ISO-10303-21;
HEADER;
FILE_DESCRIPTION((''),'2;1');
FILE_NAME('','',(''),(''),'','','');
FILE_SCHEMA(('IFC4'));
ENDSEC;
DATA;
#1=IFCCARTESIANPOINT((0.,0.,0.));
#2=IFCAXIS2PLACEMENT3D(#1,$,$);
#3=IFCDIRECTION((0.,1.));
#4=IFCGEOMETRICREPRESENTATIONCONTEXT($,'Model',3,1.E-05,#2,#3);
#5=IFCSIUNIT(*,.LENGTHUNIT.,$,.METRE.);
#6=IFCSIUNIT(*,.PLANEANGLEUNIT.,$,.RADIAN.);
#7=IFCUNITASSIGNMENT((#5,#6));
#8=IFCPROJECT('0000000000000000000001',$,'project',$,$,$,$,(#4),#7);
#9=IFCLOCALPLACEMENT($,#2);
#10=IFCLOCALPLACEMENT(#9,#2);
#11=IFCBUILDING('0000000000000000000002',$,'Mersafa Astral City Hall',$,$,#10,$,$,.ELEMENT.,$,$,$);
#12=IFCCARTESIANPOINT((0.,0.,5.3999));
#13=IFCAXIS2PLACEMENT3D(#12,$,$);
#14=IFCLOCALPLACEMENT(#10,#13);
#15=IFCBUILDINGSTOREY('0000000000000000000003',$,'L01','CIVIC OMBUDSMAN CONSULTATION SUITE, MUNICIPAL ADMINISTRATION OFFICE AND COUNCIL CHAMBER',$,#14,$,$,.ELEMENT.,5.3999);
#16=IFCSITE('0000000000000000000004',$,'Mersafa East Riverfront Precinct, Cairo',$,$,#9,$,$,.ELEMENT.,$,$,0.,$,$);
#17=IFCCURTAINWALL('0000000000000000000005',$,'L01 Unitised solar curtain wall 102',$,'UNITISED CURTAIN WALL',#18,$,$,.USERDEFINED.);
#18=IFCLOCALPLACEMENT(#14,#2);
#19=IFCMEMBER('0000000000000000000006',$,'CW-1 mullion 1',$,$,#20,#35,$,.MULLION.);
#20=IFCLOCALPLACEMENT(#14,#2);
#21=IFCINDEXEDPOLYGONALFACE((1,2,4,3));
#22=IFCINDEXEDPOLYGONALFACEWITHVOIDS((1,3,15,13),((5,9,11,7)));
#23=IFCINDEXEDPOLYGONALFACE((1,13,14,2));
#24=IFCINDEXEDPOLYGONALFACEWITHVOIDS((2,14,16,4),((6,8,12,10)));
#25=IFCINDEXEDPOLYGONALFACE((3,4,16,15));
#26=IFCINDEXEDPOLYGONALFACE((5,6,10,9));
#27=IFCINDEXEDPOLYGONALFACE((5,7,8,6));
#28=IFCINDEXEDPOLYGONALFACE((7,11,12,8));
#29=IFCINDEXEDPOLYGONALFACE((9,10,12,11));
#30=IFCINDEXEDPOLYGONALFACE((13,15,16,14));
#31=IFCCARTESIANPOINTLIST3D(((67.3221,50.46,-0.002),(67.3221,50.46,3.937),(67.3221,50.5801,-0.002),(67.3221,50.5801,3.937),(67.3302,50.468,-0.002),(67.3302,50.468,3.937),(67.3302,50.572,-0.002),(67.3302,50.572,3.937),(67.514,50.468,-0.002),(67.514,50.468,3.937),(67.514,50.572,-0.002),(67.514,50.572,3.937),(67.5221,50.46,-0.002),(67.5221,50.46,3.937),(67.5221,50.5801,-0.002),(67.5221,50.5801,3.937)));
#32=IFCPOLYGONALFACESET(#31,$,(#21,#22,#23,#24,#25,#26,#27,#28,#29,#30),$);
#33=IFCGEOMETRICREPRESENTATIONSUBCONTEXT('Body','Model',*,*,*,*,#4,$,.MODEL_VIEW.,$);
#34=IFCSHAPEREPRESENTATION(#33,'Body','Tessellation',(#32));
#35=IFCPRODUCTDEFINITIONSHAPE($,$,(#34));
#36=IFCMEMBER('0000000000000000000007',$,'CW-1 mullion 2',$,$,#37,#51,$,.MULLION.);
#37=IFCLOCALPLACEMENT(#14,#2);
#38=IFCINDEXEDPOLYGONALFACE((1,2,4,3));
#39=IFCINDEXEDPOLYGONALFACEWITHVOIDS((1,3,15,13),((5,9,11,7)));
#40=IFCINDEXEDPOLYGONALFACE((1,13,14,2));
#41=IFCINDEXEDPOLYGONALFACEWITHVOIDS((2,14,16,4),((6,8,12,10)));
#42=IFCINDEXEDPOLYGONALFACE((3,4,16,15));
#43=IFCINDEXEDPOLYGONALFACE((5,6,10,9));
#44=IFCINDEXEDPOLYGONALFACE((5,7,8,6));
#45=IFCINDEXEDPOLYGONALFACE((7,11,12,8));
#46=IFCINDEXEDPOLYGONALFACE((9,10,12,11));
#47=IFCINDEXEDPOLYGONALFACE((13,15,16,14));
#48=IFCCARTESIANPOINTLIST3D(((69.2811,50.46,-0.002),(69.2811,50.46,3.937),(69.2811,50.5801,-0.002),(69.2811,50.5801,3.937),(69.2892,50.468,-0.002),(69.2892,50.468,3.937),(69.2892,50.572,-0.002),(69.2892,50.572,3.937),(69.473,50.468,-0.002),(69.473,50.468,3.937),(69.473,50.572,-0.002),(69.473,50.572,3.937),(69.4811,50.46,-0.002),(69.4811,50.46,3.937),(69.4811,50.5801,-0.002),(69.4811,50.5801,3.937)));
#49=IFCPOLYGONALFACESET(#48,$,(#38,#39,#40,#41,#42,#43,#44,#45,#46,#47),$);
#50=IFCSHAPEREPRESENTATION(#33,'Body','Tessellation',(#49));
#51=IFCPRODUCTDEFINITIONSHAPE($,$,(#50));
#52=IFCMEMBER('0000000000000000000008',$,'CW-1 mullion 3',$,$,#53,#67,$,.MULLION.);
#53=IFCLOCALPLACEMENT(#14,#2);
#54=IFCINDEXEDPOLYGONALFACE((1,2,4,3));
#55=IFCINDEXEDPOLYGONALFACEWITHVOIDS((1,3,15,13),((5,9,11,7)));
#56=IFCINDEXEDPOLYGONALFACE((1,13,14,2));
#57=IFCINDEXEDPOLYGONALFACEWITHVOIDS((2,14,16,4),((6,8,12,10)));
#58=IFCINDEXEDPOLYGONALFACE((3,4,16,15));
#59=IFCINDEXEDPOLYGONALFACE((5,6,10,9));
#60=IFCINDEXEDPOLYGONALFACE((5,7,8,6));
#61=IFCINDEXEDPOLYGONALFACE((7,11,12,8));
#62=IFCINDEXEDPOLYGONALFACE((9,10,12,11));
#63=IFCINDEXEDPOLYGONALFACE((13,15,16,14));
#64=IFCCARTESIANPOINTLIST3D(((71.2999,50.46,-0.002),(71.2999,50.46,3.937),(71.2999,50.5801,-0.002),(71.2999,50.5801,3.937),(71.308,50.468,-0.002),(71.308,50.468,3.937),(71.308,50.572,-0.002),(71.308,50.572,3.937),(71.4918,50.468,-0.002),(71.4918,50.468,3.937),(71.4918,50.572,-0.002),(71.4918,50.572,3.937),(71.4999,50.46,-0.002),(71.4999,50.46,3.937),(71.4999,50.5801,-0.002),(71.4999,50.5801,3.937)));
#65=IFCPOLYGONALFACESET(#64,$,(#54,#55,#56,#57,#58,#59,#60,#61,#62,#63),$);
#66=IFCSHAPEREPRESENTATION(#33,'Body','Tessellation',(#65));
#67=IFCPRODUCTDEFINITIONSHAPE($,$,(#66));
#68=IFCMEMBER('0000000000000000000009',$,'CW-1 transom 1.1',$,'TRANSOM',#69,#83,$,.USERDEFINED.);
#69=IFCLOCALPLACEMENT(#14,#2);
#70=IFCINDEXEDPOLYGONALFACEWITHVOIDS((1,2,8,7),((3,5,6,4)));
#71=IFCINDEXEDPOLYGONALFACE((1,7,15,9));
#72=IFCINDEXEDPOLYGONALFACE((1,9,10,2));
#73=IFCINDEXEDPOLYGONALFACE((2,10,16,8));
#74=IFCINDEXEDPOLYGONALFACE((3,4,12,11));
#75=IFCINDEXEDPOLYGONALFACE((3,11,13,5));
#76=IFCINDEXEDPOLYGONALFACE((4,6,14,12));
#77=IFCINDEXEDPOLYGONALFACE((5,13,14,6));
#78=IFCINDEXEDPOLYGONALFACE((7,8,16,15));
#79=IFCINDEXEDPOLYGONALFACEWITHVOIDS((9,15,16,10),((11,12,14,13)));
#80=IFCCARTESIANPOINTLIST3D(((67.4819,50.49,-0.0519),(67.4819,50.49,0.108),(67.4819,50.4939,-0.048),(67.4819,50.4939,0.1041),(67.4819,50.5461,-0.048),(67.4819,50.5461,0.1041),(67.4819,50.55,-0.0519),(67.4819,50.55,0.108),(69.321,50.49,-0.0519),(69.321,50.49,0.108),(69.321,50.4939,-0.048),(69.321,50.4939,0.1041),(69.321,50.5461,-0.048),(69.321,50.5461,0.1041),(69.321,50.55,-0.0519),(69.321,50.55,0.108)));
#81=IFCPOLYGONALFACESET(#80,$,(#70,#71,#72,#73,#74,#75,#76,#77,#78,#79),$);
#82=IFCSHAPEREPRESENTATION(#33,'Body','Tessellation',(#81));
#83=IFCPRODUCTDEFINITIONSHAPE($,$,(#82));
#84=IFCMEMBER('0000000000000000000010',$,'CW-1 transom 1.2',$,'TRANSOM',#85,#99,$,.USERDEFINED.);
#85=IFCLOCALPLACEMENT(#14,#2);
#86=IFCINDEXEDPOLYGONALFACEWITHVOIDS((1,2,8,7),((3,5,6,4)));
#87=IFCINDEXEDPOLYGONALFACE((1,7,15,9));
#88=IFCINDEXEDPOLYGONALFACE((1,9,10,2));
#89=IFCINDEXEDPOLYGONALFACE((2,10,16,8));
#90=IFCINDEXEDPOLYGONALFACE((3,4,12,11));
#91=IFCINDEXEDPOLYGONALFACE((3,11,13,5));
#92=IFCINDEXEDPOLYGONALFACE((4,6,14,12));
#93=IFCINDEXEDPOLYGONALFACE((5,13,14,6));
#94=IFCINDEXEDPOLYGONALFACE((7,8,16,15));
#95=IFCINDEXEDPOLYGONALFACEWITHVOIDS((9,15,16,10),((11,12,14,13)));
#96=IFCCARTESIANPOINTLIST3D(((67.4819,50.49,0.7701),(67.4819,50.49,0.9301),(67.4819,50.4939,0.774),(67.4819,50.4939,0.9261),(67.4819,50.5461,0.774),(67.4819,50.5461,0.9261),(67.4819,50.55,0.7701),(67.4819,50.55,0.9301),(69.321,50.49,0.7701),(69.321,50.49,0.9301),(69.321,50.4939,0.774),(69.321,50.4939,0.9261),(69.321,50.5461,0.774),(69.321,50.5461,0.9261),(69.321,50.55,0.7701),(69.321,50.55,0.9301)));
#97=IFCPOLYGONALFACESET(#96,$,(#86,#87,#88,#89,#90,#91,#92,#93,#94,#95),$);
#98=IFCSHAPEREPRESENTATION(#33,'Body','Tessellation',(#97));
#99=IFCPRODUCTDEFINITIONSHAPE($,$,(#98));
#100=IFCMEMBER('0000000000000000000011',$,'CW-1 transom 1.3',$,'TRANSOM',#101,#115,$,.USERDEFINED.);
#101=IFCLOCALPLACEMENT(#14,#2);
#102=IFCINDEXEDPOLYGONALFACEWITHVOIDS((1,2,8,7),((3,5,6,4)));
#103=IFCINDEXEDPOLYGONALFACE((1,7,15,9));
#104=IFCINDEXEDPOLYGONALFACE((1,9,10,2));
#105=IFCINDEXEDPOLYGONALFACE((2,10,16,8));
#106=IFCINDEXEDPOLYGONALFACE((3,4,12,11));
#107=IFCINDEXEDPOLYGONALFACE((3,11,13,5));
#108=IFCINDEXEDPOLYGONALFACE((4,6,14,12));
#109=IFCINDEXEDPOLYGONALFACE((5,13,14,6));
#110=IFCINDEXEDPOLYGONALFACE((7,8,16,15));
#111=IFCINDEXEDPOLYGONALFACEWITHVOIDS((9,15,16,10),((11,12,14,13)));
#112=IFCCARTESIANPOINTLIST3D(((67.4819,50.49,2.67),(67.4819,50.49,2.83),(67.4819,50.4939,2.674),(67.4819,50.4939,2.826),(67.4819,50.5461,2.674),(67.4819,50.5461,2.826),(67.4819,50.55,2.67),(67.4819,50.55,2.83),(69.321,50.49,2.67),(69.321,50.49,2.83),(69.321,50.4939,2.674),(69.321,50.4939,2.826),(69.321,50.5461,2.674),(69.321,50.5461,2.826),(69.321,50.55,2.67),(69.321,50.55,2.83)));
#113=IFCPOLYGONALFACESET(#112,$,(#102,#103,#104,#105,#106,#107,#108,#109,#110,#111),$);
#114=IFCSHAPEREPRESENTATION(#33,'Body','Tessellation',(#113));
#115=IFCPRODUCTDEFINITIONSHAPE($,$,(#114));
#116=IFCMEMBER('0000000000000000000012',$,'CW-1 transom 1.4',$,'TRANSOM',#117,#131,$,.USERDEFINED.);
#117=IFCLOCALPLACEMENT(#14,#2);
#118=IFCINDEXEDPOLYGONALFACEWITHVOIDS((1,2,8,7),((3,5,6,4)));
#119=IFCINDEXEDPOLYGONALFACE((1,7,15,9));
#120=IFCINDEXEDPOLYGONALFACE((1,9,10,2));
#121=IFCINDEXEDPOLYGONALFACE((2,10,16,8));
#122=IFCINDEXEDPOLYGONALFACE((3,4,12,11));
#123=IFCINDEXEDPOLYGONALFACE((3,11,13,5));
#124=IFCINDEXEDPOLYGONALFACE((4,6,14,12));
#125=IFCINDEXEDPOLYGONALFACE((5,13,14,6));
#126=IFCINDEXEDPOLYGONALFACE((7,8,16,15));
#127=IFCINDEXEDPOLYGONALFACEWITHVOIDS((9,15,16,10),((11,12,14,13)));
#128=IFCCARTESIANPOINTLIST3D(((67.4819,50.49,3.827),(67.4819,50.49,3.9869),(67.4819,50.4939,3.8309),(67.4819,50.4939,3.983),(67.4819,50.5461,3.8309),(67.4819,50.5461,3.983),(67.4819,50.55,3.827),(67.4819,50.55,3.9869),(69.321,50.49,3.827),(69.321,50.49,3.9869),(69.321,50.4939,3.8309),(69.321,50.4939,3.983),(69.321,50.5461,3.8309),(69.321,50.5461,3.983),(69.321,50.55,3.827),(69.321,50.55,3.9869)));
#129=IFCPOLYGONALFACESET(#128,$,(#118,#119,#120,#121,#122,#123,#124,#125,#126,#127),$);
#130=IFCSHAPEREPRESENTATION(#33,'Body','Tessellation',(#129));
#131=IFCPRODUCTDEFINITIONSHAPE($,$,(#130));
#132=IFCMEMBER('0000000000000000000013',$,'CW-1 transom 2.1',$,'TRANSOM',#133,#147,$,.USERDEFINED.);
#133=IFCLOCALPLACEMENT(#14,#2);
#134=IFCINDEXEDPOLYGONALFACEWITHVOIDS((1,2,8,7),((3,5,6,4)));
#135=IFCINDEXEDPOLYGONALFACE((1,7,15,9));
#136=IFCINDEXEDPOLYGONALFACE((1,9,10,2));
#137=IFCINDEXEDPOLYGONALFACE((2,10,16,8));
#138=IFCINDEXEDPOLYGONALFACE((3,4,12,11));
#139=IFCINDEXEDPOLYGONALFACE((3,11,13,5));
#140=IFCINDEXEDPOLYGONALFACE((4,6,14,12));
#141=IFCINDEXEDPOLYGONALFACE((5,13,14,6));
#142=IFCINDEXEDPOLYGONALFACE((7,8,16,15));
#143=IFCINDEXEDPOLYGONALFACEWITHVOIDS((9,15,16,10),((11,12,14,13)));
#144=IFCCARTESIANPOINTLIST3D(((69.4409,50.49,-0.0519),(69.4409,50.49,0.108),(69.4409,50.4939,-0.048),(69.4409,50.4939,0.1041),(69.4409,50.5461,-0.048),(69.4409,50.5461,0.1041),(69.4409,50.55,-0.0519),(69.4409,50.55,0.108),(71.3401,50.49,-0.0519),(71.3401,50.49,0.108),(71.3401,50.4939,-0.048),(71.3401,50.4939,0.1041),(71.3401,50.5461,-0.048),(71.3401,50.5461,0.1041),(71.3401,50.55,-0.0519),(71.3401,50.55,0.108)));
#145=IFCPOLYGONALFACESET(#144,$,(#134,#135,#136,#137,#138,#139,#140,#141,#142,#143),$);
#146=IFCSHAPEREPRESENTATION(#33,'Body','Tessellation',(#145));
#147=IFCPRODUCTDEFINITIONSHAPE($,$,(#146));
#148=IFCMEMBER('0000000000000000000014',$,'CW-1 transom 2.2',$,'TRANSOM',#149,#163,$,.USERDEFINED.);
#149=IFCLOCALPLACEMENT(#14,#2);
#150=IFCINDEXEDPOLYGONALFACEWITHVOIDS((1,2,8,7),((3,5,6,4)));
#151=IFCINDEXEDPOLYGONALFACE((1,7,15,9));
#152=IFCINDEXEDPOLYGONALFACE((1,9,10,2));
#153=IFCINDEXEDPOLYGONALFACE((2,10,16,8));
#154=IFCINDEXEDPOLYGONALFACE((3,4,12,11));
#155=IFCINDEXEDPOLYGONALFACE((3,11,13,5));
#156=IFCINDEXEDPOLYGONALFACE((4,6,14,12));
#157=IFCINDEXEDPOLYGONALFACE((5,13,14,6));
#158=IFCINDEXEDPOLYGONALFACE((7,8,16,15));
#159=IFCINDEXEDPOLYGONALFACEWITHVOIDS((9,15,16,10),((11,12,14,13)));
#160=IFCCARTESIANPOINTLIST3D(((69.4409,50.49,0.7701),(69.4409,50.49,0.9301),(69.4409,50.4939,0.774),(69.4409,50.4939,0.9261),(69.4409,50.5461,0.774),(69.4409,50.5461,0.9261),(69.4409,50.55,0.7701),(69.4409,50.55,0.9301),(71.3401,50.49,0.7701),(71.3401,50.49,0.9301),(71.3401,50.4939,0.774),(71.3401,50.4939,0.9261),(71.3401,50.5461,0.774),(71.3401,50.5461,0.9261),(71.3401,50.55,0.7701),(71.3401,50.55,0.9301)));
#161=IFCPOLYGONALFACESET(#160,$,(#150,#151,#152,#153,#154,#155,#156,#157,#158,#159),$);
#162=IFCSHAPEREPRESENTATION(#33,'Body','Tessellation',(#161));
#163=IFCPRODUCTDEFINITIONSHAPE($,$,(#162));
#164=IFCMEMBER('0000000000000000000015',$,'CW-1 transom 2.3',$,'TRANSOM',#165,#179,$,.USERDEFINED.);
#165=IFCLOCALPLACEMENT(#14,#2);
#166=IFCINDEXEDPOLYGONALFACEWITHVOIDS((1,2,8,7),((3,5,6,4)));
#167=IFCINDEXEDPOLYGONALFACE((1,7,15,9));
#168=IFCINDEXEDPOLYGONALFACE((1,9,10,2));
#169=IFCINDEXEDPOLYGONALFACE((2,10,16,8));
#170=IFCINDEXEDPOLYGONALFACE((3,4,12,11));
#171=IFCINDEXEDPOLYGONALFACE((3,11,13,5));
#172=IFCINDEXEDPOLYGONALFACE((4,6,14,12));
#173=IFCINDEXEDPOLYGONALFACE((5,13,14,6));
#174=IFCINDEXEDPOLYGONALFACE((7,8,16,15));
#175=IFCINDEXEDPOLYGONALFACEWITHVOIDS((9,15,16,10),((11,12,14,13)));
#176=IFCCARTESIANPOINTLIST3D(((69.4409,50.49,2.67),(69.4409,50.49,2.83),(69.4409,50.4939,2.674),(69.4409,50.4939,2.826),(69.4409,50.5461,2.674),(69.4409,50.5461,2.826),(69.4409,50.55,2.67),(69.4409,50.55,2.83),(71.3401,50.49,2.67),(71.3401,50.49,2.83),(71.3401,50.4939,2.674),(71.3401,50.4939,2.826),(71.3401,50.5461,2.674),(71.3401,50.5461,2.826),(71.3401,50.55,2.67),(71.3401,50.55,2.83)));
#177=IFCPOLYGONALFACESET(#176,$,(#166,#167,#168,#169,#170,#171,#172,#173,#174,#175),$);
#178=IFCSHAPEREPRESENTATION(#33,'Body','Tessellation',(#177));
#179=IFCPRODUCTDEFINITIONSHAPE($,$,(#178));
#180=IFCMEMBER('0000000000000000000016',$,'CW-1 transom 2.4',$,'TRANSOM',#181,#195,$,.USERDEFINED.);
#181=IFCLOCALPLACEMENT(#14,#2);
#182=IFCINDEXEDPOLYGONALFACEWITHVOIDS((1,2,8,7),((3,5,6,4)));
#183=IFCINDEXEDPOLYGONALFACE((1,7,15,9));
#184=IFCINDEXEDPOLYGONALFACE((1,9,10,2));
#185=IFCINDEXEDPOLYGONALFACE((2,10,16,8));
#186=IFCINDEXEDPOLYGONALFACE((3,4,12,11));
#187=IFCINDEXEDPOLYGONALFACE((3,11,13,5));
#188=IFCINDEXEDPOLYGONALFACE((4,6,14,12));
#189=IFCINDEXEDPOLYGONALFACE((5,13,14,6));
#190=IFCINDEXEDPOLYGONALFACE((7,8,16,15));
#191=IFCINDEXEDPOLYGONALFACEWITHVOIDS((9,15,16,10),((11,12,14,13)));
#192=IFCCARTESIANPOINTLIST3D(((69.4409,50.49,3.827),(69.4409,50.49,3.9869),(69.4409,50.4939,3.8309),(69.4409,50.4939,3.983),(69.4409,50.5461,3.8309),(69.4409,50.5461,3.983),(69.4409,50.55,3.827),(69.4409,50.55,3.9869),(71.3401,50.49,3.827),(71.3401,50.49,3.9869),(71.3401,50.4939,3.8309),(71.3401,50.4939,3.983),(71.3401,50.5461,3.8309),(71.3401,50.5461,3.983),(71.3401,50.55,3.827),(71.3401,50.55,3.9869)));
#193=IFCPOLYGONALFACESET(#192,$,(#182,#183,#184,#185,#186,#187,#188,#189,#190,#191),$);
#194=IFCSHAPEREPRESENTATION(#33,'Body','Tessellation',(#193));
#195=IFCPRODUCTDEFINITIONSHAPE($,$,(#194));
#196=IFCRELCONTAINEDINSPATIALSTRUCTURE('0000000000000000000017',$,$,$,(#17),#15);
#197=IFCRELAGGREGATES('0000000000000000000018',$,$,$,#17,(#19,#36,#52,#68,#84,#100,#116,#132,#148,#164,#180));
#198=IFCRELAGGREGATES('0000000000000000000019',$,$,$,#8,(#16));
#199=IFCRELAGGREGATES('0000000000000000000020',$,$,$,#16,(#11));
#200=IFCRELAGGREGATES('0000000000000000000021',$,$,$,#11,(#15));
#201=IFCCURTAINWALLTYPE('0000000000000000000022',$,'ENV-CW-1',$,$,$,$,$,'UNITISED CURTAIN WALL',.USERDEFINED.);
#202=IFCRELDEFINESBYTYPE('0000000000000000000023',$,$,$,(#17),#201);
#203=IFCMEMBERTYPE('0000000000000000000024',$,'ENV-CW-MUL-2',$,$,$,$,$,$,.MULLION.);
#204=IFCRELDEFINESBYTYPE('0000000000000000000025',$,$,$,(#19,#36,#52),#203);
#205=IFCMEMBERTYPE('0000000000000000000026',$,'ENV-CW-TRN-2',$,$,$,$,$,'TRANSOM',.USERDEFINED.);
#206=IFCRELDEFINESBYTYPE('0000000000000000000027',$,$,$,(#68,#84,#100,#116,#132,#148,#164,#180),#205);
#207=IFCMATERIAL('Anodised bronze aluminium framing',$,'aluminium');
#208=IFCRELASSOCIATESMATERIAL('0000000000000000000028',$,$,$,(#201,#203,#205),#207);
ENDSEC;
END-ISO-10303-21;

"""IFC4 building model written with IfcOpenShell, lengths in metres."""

from ifc_helpers import new_model, si_unit, direction, frame, origin, origin_2d, place, context, subcontext, project, spatial, hollow_rectangle, extrude, material, material_profile, profile_set, type_object, element, aggregate, save


model = new_model("IFC4")

# Units and contexts
model_context = context("Model", 3, precision=1e-05, world=origin(), true_north=direction((0.0, 1.0)))
body_context = subcontext(model_context, "Body", "Model", "MODEL_VIEW")
ifc_project = project(units=[si_unit("LENGTHUNIT", "METRE"), si_unit("PLANEANGLEUNIT", "RADIAN")], contexts=[model_context])

# Site, building, storey
site_placement = place(None, origin())
site = spatial("IfcSite", under=ifc_project, at=site_placement, Name="Mersafa East Riverfront Precinct, Cairo", CompositionType="ELEMENT", RefElevation=0.0)
building_placement = place(site_placement, origin())
building = spatial("IfcBuilding", under=site, at=building_placement, Name="Mersafa Astral City Hall", CompositionType="ELEMENT")
storey_placement = place(building_placement, frame((0.0, 0.0, 5.3999)))
storey = spatial("IfcBuildingStorey", under=building, at=storey_placement, Name="L01", Description="CIVIC OMBUDSMAN CONSULTATION SUITE, MUNICIPAL ADMINISTRATION OFFICE AND COUNCIL CHAMBER", CompositionType="ELEMENT", Elevation=5.3999)

# Curtain wall, members
ifc_material_1 = material(Name="Anodised bronze aluminium framing", Category="aluminium")
curtain_wall_type = type_object("IfcCurtainWallType", Name="ENV-CW-1", ElementType="UNITISED CURTAIN WALL", PredefinedType="USERDEFINED", material=ifc_material_1)
curtain_wall_placement = place(storey_placement, origin())
curtain_wall = element("IfcCurtainWall", 1, at=curtain_wall_placement, inside=storey, type_object=curtain_wall_type, Name="L01 Unitised solar curtain wall 102", ObjectType="UNITISED CURTAIN WALL", PredefinedType="USERDEFINED")
ifc_material_profile_1 = material_profile(ifc_material_1, hollow_rectangle(XDim=0.1201, YDim=0.2, WallThickness=0.0081, at=origin_2d()), Name="RHS 120x200x8")
ifc_profile_set_1 = profile_set([ifc_material_profile_1], Name="Anodised bronze aluminium framing")
member_type_1 = type_object("IfcMemberType", Name="ENV-CW-MUL-2", PredefinedType="MULLION", material=ifc_profile_set_1)
member_1_placement = place(storey_placement, frame((67.4221, 50.52, -0.002), z_axis=(0.0, 0.0, 1.0), x_axis=(0.0, 1.0, 0.0)))
member_1 = element("IfcMember", 2, at=member_1_placement, type_object=member_type_1, Name="CW-1 mullion 1", PredefinedType="MULLION", context=body_context, shape_type="SweptSolid", body=[
    extrude(hollow_rectangle(XDim=0.1201, YDim=0.2, WallThickness=0.0081, at=origin_2d()), origin(), (0.0, 0.0, 1.0), 3.939),
])
member_2_placement = place(storey_placement, frame((69.3811, 50.52, -0.002), z_axis=(0.0, 0.0, 1.0), x_axis=(0.0, 1.0, 0.0)))
member_2 = element("IfcMember", 3, at=member_2_placement, type_object=member_type_1, Name="CW-1 mullion 2", PredefinedType="MULLION", context=body_context, shape_type="SweptSolid", body=[
    extrude(hollow_rectangle(XDim=0.1201, YDim=0.2, WallThickness=0.0081, at=origin_2d()), origin(), (0.0, 0.0, 1.0), 3.939),
])
member_3_placement = place(storey_placement, frame((71.3999, 50.52, -0.002), z_axis=(0.0, 0.0, 1.0), x_axis=(0.0, 1.0, 0.0)))
member_3 = element("IfcMember", 4, at=member_3_placement, type_object=member_type_1, Name="CW-1 mullion 3", PredefinedType="MULLION", context=body_context, shape_type="SweptSolid", body=[
    extrude(hollow_rectangle(XDim=0.1201, YDim=0.2, WallThickness=0.0081, at=origin_2d()), origin(), (0.0, 0.0, 1.0), 3.939),
])
ifc_material_profile_2 = material_profile(ifc_material_1, hollow_rectangle(XDim=0.0601, YDim=0.1599, WallThickness=0.0039, at=origin_2d()), Name="RHS 60x160x4")
ifc_profile_set_2 = profile_set([ifc_material_profile_2], Name="Anodised bronze aluminium framing")
member_type_2 = type_object("IfcMemberType", Name="ENV-CW-TRN-2", ElementType="TRANSOM", PredefinedType="USERDEFINED", material=ifc_profile_set_2)
member_4_placement = place(storey_placement, frame((67.4819, 50.52, 0.0281), z_axis=(1.0, 0.0, 0.0), x_axis=(0.0, 1.0, 0.0)))
member_4 = element("IfcMember", 5, at=member_4_placement, type_object=member_type_2, Name="CW-1 transom 1.1", ObjectType="TRANSOM", PredefinedType="USERDEFINED", context=body_context, shape_type="SweptSolid", body=[
    extrude(hollow_rectangle(XDim=0.0601, YDim=0.1599, WallThickness=0.0039, at=origin_2d()), origin(), (0.0, 0.0, 1.0), 1.8391),
])
member_5_placement = place(storey_placement, frame((67.4819, 50.52, 0.8501), z_axis=(1.0, 0.0, 0.0), x_axis=(0.0, 1.0, 0.0)))
member_5 = element("IfcMember", 6, at=member_5_placement, type_object=member_type_2, Name="CW-1 transom 1.2", ObjectType="TRANSOM", PredefinedType="USERDEFINED", context=body_context, shape_type="SweptSolid", body=[
    extrude(hollow_rectangle(XDim=0.0601, YDim=0.1599, WallThickness=0.0039, at=origin_2d()), origin(), (0.0, 0.0, 1.0), 1.8391),
])
member_6_placement = place(storey_placement, frame((67.4819, 50.52, 2.75), z_axis=(1.0, 0.0, 0.0), x_axis=(0.0, 1.0, 0.0)))
member_6 = element("IfcMember", 7, at=member_6_placement, type_object=member_type_2, Name="CW-1 transom 1.3", ObjectType="TRANSOM", PredefinedType="USERDEFINED", context=body_context, shape_type="SweptSolid", body=[
    extrude(hollow_rectangle(XDim=0.0601, YDim=0.1599, WallThickness=0.0039, at=origin_2d()), origin(), (0.0, 0.0, 1.0), 1.8391),
])
member_7_placement = place(storey_placement, frame((67.4819, 50.52, 3.907), z_axis=(1.0, 0.0, 0.0), x_axis=(0.0, 1.0, 0.0)))
member_7 = element("IfcMember", 8, at=member_7_placement, type_object=member_type_2, Name="CW-1 transom 1.4", ObjectType="TRANSOM", PredefinedType="USERDEFINED", context=body_context, shape_type="SweptSolid", body=[
    extrude(hollow_rectangle(XDim=0.0601, YDim=0.1599, WallThickness=0.0039, at=origin_2d()), origin(), (0.0, 0.0, 1.0), 1.8391),
])
member_8_placement = place(storey_placement, frame((69.4409, 50.52, 0.0281), z_axis=(1.0, 0.0, 0.0), x_axis=(0.0, 1.0, 0.0)))
member_8 = element("IfcMember", 9, at=member_8_placement, type_object=member_type_2, Name="CW-1 transom 2.1", ObjectType="TRANSOM", PredefinedType="USERDEFINED", context=body_context, shape_type="SweptSolid", body=[
    extrude(hollow_rectangle(XDim=0.0601, YDim=0.1599, WallThickness=0.0039, at=origin_2d()), origin(), (0.0, 0.0, 1.0), 1.8992),
])
member_9_placement = place(storey_placement, frame((69.4409, 50.52, 0.8501), z_axis=(1.0, 0.0, 0.0), x_axis=(0.0, 1.0, 0.0)))
member_9 = element("IfcMember", 10, at=member_9_placement, type_object=member_type_2, Name="CW-1 transom 2.2", ObjectType="TRANSOM", PredefinedType="USERDEFINED", context=body_context, shape_type="SweptSolid", body=[
    extrude(hollow_rectangle(XDim=0.0601, YDim=0.1599, WallThickness=0.0039, at=origin_2d()), origin(), (0.0, 0.0, 1.0), 1.8992),
])
member_10_placement = place(storey_placement, frame((69.4409, 50.52, 2.75), z_axis=(1.0, 0.0, 0.0), x_axis=(0.0, 1.0, 0.0)))
member_10 = element("IfcMember", 11, at=member_10_placement, type_object=member_type_2, Name="CW-1 transom 2.3", ObjectType="TRANSOM", PredefinedType="USERDEFINED", context=body_context, shape_type="SweptSolid", body=[
    extrude(hollow_rectangle(XDim=0.0601, YDim=0.1599, WallThickness=0.0039, at=origin_2d()), origin(), (0.0, 0.0, 1.0), 1.8992),
])
member_11_placement = place(storey_placement, frame((69.4409, 50.52, 3.907), z_axis=(1.0, 0.0, 0.0), x_axis=(0.0, 1.0, 0.0)))
member_11 = element("IfcMember", 12, at=member_11_placement, type_object=member_type_2, Name="CW-1 transom 2.4", ObjectType="TRANSOM", PredefinedType="USERDEFINED", context=body_context, shape_type="SweptSolid", body=[
    extrude(hollow_rectangle(XDim=0.0601, YDim=0.1599, WallThickness=0.0039, at=origin_2d()), origin(), (0.0, 0.0, 1.0), 1.8992),
])

aggregate(curtain_wall, [member_1, member_2, member_3, member_4, member_5, member_6, member_7, member_8, member_9, member_10, member_11])

save(model, "model.ifc")
